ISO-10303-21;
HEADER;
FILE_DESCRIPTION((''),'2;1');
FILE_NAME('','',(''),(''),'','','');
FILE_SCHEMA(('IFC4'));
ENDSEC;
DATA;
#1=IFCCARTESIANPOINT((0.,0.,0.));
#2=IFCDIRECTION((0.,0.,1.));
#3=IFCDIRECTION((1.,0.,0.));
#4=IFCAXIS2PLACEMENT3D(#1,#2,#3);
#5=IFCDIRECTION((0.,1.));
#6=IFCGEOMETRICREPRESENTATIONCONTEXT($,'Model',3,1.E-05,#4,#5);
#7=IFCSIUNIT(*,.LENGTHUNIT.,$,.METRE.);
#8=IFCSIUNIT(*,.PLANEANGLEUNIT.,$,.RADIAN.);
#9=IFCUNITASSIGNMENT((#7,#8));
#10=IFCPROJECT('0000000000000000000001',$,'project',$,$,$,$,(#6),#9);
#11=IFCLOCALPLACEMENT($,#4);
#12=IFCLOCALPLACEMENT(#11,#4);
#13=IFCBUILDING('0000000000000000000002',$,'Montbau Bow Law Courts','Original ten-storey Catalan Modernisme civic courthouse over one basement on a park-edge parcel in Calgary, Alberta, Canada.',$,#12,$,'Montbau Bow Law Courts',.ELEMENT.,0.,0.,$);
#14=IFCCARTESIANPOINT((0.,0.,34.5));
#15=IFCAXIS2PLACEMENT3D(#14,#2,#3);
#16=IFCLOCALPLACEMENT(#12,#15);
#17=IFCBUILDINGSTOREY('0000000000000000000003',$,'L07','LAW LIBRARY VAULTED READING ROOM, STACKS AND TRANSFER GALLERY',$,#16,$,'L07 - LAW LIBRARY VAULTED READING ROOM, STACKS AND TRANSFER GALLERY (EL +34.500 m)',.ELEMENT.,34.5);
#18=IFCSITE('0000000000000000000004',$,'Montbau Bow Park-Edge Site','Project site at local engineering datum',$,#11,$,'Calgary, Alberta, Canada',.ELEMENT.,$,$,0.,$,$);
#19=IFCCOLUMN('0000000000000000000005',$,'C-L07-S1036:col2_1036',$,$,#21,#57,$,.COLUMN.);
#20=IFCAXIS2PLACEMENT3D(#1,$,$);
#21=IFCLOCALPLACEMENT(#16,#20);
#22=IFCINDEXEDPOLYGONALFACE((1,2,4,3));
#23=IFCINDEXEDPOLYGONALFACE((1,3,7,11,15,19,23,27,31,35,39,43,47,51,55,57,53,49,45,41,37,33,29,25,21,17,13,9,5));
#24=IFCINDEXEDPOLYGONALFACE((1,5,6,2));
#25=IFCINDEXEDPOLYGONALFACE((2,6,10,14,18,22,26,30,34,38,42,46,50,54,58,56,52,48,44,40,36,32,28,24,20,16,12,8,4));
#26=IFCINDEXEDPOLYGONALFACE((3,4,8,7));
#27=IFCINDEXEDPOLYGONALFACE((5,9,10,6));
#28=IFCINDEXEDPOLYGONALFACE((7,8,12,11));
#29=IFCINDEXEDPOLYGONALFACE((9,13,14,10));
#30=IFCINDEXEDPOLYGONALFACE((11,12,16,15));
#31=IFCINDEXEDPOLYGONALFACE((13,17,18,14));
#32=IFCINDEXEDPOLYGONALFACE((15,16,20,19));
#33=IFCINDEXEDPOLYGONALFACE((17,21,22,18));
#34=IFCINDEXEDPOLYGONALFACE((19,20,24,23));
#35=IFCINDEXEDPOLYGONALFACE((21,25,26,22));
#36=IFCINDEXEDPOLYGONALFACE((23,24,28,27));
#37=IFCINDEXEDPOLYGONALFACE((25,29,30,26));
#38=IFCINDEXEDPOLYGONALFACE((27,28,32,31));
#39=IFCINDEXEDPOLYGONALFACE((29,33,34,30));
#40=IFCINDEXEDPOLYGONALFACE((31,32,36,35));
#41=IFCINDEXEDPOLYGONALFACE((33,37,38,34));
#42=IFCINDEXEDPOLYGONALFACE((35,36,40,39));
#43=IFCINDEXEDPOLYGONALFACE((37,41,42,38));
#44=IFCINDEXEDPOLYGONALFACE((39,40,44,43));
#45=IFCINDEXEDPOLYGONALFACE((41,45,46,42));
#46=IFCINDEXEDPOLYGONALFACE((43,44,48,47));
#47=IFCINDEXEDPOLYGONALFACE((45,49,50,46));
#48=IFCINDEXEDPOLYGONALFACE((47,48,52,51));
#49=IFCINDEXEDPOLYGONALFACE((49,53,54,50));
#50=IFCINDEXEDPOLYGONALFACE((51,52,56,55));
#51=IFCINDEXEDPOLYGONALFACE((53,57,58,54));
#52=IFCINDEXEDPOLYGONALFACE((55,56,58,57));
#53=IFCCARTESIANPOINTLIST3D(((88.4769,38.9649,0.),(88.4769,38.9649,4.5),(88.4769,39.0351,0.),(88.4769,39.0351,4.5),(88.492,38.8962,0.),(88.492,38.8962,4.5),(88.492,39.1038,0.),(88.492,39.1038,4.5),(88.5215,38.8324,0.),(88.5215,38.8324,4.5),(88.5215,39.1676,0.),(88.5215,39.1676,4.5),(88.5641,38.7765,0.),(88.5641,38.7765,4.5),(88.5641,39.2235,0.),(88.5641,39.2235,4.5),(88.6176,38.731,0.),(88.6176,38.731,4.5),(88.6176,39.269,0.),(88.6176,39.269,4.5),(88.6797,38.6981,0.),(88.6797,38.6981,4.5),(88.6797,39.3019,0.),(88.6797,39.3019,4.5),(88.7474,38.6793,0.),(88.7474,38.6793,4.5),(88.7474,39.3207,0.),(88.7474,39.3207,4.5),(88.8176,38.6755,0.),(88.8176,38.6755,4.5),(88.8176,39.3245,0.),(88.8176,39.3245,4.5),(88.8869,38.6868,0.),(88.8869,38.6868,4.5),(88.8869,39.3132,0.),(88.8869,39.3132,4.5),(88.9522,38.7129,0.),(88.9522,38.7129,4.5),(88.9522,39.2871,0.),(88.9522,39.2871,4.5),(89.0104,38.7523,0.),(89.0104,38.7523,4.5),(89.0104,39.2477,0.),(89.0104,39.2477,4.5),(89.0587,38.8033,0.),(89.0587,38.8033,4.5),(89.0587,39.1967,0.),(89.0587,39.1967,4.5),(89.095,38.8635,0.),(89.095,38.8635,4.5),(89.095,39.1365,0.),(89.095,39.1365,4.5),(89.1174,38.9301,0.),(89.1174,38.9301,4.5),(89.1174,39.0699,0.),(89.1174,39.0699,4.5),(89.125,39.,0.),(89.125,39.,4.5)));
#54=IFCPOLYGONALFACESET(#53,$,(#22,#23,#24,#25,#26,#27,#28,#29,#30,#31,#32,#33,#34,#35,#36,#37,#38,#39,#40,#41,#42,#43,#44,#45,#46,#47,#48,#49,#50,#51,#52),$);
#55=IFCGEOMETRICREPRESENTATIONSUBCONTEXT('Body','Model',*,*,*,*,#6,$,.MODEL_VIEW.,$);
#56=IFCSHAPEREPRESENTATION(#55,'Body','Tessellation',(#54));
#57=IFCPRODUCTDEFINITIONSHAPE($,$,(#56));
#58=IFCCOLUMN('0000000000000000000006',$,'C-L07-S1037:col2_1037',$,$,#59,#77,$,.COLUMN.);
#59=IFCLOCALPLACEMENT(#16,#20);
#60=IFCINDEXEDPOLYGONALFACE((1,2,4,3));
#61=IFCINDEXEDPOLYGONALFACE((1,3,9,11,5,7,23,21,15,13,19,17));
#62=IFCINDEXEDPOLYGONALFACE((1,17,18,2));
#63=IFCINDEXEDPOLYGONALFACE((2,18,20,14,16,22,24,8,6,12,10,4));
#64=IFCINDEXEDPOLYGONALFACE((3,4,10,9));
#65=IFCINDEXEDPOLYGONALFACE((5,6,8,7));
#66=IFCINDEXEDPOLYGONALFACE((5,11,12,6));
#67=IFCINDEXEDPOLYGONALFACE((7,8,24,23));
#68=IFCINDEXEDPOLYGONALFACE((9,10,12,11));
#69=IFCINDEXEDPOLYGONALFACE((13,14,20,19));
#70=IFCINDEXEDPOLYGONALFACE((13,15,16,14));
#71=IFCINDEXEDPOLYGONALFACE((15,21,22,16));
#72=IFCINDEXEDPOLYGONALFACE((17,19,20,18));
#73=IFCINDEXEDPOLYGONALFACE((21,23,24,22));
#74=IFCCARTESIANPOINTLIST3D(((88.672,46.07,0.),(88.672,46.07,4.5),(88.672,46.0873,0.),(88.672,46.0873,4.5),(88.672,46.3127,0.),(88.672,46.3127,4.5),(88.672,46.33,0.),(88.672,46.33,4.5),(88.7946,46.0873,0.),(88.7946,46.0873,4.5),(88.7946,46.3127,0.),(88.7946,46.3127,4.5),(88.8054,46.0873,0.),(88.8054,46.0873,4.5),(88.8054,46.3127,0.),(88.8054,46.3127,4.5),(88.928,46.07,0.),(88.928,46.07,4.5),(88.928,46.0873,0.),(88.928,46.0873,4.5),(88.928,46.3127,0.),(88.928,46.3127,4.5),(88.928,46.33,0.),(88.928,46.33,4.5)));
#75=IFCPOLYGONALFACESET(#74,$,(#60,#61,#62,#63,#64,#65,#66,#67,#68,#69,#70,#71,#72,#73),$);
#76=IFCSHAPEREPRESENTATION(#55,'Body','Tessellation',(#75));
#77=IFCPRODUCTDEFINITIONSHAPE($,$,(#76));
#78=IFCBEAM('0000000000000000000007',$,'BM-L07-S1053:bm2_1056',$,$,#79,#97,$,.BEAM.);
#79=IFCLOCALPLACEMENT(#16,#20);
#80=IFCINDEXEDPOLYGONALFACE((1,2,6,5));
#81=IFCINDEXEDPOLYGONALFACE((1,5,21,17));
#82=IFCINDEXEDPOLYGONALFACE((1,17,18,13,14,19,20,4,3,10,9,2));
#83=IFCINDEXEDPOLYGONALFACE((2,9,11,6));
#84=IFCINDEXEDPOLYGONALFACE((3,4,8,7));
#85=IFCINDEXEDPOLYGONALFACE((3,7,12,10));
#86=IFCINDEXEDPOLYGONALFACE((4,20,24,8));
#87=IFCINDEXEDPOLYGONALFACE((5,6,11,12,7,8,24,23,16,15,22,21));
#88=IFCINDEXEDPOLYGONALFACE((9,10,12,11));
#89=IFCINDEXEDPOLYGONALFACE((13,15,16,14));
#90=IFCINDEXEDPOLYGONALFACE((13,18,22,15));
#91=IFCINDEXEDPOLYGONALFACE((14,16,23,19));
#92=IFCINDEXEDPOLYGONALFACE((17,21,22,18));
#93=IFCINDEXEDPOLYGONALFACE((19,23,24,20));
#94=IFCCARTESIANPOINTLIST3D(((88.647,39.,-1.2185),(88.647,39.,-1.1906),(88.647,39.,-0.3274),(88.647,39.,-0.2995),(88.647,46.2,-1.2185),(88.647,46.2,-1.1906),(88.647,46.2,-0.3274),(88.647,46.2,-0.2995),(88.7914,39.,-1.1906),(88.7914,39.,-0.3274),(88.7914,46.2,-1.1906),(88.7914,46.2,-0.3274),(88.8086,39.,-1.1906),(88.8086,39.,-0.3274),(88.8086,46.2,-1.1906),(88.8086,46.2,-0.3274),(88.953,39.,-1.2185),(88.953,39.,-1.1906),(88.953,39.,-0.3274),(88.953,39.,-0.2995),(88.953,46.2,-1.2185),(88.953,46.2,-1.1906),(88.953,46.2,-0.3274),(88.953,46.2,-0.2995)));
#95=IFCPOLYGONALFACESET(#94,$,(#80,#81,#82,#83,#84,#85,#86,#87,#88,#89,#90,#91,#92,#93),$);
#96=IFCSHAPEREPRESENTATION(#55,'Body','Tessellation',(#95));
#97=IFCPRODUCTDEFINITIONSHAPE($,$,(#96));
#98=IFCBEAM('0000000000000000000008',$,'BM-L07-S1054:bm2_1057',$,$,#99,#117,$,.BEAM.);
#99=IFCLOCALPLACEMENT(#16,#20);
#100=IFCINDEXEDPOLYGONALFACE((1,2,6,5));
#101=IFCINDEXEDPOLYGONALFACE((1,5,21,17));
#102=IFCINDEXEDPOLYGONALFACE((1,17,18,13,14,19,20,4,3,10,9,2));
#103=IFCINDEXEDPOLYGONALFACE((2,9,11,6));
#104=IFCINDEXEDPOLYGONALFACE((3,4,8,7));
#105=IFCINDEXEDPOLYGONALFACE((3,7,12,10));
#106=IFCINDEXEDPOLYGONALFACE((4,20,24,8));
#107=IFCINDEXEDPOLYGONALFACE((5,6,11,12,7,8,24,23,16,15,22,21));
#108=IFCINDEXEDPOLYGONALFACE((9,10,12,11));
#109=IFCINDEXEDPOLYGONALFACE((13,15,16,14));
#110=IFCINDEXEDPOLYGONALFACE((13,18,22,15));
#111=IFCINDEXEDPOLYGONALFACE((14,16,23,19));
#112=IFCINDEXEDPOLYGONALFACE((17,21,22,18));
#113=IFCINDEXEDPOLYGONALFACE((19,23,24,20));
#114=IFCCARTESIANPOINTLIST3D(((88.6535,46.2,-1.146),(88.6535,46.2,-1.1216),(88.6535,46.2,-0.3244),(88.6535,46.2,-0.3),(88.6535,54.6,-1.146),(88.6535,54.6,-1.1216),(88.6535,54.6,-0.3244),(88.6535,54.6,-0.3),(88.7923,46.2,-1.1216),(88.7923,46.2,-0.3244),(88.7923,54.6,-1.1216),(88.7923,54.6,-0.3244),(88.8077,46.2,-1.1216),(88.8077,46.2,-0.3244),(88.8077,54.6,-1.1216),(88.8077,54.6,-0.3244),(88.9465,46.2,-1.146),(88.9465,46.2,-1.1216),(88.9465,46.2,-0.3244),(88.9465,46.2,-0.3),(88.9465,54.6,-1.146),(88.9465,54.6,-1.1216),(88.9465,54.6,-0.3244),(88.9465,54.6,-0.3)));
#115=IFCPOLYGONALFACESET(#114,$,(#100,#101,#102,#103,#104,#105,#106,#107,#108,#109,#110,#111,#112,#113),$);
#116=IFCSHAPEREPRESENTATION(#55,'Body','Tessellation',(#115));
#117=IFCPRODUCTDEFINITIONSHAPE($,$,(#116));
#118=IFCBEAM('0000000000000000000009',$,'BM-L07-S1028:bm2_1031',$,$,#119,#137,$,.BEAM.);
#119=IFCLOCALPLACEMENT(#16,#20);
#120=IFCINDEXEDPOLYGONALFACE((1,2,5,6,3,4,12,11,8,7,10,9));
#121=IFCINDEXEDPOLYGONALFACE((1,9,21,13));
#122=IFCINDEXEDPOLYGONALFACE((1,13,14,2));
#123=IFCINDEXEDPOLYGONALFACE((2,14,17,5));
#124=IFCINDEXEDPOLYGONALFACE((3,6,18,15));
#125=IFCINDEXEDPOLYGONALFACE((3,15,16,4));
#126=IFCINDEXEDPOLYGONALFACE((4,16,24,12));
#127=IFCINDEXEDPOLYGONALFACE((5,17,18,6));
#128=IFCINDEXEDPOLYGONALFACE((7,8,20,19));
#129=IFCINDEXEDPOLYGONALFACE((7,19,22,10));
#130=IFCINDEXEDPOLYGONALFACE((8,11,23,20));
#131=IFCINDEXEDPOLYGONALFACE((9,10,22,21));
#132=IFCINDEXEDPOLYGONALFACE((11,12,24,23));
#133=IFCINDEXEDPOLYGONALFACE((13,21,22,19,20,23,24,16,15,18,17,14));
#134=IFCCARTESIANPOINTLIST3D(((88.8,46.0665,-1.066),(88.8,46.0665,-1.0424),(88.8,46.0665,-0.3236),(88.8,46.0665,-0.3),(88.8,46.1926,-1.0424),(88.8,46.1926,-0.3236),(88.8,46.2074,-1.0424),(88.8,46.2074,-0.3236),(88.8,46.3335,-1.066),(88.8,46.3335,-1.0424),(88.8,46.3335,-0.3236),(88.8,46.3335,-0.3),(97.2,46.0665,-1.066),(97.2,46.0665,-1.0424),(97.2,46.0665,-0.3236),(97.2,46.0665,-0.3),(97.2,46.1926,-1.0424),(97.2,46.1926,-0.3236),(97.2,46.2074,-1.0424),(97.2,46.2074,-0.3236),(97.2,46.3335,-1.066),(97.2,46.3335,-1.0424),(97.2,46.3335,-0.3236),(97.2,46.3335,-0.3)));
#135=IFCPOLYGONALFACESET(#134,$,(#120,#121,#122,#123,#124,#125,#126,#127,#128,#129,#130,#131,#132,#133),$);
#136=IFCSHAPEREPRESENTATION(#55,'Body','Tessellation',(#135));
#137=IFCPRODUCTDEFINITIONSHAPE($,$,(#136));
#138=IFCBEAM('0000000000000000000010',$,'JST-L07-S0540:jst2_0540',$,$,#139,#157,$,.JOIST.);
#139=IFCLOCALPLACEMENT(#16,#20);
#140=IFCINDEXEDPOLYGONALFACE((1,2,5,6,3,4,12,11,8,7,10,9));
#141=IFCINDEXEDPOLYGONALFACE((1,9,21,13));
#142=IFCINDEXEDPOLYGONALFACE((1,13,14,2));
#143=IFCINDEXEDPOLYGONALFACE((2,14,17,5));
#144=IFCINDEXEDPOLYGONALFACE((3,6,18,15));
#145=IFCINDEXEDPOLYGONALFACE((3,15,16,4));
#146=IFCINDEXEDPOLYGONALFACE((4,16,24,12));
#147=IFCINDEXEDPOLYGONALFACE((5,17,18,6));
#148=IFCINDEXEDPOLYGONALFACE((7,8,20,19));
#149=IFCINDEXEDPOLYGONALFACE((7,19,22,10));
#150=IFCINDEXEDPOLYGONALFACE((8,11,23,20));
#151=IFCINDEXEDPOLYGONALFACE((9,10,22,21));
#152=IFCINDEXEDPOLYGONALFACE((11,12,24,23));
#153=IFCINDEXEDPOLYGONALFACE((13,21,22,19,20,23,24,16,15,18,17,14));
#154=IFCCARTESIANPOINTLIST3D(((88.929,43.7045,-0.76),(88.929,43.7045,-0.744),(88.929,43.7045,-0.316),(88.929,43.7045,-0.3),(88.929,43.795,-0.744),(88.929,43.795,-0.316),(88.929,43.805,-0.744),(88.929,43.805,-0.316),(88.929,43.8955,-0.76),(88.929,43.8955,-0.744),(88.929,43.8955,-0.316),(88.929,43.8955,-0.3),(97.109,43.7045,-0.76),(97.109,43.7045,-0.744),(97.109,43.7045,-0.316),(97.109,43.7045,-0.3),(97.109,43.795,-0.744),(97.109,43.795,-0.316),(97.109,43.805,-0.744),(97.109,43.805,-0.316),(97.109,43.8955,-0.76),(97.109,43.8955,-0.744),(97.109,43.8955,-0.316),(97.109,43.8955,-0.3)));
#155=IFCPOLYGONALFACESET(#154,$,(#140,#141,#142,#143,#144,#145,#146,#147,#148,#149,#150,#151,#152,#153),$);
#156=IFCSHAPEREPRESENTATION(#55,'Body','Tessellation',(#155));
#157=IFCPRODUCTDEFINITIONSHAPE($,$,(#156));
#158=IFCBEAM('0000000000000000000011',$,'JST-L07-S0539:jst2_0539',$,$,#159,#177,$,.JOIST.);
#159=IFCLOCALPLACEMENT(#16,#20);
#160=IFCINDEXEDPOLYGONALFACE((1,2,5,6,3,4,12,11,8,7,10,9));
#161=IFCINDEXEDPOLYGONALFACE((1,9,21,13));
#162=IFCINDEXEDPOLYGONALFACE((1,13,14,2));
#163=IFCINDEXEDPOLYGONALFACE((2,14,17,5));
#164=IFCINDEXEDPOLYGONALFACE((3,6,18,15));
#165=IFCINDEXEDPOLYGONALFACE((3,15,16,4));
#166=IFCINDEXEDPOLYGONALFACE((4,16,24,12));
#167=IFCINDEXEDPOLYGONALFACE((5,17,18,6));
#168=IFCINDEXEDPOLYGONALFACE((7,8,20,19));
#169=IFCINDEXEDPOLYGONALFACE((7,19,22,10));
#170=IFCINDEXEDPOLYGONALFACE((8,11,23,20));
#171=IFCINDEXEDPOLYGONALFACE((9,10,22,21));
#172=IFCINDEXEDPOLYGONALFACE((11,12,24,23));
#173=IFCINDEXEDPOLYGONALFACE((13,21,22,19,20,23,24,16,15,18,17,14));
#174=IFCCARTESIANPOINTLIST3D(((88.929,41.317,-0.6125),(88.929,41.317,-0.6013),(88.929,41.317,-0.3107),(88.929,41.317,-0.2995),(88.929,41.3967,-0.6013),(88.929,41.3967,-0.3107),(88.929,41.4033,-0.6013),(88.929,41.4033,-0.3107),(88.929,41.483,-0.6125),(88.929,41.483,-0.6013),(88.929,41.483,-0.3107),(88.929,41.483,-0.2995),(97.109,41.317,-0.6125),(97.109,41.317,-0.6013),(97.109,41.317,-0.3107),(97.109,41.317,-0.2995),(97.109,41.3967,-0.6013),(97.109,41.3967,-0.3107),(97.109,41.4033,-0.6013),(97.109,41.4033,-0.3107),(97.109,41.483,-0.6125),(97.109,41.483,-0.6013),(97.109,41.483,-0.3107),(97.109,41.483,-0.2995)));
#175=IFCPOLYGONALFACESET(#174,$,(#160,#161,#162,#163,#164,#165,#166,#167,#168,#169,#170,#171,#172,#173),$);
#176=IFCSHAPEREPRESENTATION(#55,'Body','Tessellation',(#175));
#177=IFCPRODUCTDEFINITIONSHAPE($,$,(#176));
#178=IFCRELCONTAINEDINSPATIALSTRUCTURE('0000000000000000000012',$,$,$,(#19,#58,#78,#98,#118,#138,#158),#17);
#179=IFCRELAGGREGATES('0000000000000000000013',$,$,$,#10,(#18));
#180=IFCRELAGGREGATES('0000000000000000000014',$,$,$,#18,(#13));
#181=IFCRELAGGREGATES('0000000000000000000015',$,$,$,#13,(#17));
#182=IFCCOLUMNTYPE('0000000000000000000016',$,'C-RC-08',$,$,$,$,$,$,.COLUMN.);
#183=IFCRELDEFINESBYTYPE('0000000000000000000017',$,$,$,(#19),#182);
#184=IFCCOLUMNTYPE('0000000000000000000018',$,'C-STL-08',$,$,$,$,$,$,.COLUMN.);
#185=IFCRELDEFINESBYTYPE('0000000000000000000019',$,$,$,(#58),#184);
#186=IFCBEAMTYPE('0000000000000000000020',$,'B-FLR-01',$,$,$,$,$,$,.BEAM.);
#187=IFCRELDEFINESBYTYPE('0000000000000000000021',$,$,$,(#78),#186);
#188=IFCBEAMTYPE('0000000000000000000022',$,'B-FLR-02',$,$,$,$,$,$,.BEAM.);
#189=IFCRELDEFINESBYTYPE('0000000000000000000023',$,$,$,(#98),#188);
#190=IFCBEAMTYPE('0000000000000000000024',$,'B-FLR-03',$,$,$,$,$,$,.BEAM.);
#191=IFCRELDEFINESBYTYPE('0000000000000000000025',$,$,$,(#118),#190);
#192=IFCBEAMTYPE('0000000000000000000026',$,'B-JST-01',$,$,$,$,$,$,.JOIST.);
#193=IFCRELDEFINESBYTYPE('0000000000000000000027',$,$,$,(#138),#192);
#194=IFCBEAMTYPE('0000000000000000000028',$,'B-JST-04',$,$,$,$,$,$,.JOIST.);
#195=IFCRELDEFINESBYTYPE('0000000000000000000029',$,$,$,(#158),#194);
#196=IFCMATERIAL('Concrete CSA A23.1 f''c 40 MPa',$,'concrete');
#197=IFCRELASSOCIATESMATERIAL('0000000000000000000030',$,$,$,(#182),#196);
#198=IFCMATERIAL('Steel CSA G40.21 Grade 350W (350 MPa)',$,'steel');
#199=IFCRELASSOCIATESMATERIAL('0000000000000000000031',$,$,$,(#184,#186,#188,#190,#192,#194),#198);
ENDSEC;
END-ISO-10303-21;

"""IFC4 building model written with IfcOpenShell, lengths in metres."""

from ifc_helpers import new_model, si_unit, direction, frame, origin_with_axes, origin_2d_with_axis, place, context, subcontext, project, spatial, circle, i_section, extrude, material, material_profile, profile_set, type_object, element, save


model = new_model("IFC4")

# Units and contexts
model_context = context("Model", 3, precision=1e-05, world=origin_with_axes(), true_north=direction((0.0, 1.0)))
body_context = subcontext(model_context, "Body", "Model", "MODEL_VIEW")
ifc_project = project(units=[si_unit("LENGTHUNIT", "METRE"), si_unit("PLANEANGLEUNIT", "RADIAN")], contexts=[model_context])

# Site, building, storey
site_placement = place(None, origin_with_axes())
site = spatial("IfcSite", under=ifc_project, at=site_placement, Name="Montbau Bow Park-Edge Site", Description="Project site at local engineering datum", LongName="Calgary, Alberta, Canada", CompositionType="ELEMENT", RefElevation=0.0)
building_placement = place(site_placement, origin_with_axes())
building = spatial("IfcBuilding", under=site, at=building_placement, Name="Montbau Bow Law Courts", Description="Original ten-storey Catalan Modernisme civic courthouse over one basement on a park-edge parcel in Calgary, Alberta, Canada.", LongName="Montbau Bow Law Courts", CompositionType="ELEMENT", ElevationOfRefHeight=0.0, ElevationOfTerrain=0.0)
storey_placement = place(building_placement, frame((0.0, 0.0, 34.5), z_axis=(0.0, 0.0, 1.0), x_axis=(1.0, 0.0, 0.0)))
storey = spatial("IfcBuildingStorey", under=building, at=storey_placement, Name="L07", Description="LAW LIBRARY VAULTED READING ROOM, STACKS AND TRANSFER GALLERY", LongName="L07 - LAW LIBRARY VAULTED READING ROOM, STACKS AND TRANSFER GALLERY (EL +34.500 m)", CompositionType="ELEMENT", Elevation=34.5)

# Columns
ifc_material_1 = material(Name="Concrete CSA A23.1 f'c 40 MPa", Category="concrete")
ifc_material_profile_1 = material_profile(ifc_material_1, circle(Radius=0.325, at=origin_2d_with_axis()), Name="RC650D", Category="Main", Priority=0)
ifc_profile_set_1 = profile_set([ifc_material_profile_1], Name="Concrete CSA A23.1 f'c 40 MPa")
column_type_1 = type_object("IfcColumnType", Name="C-RC-08", PredefinedType="COLUMN", material=ifc_profile_set_1)
column_1_placement = place(None, frame((88.8, 39.0, 34.5), z_axis=(0.0, 0.0, 1.0), x_axis=(1.0, 0.0, 0.0)))
element("IfcColumn", 1, at=column_1_placement, inside=storey, type_object=column_type_1, Name="C-L07-S1036:col2_1036", PredefinedType="COLUMN", context=body_context, shape_type="SweptSolid", body=[
    extrude(circle(Radius=0.325, at=origin_2d_with_axis()), origin_with_axes(), (0.0, 0.0, 1.0), 4.5),
])
ifc_material_2 = material(Name="Steel CSA G40.21 Grade 350W (350 MPa)", Category="steel")
ifc_material_profile_2 = material_profile(ifc_material_2, i_section(OverallWidth=0.256, OverallDepth=0.26, WebThickness=0.0107, FlangeThickness=0.0173, at=origin_2d_with_axis()), Name="W250X89", Category="Main", Priority=0)
ifc_profile_set_2 = profile_set([ifc_material_profile_2], Name="Steel CSA G40.21 Grade 350W (350 MPa)")
column_type_2 = type_object("IfcColumnType", Name="C-STL-08", PredefinedType="COLUMN", material=ifc_profile_set_2)
column_2_placement = place(None, frame((88.8, 46.2, 34.5), z_axis=(0.0, 0.0, 1.0), x_axis=(1.0, 0.0, 0.0)))
element("IfcColumn", 2, at=column_2_placement, inside=storey, type_object=column_type_2, Name="C-L07-S1037:col2_1037", PredefinedType="COLUMN", context=body_context, shape_type="SweptSolid", body=[
    extrude(i_section(OverallWidth=0.256, OverallDepth=0.26, WebThickness=0.0107, FlangeThickness=0.0173, at=origin_2d_with_axis()), origin_with_axes(), (0.0, 0.0, 1.0), 4.5),
])

# Beams
ifc_material_profile_3 = material_profile(ifc_material_2, i_section(OverallWidth=0.306, OverallDepth=0.919, WebThickness=0.0173, FlangeThickness=0.0279, at=origin_2d_with_axis()), Name="W920X253", Category="Main", Priority=0)
ifc_profile_set_3 = profile_set([ifc_material_profile_3], Name="Steel CSA G40.21 Grade 350W (350 MPa)")
beam_type_1 = type_object("IfcBeamType", Name="B-FLR-01", PredefinedType="BEAM", material=ifc_profile_set_3)
beam_1_placement = place(None, frame((88.8, 39.0, 33.741), z_axis=(0.0, 1.0, 0.0), x_axis=(-1.0, 0.0, 0.0)))
element("IfcBeam", 3, at=beam_1_placement, inside=storey, type_object=beam_type_1, Name="BM-L07-S1053:bm2_1056", PredefinedType="BEAM", context=body_context, shape_type="SweptSolid", body=[
    extrude(i_section(OverallWidth=0.306, OverallDepth=0.919, WebThickness=0.0173, FlangeThickness=0.0279, at=origin_2d_with_axis()), origin_with_axes(), (0.0, 0.0, 1.0), 7.2),
])
ifc_material_profile_4 = material_profile(ifc_material_2, i_section(OverallWidth=0.293, OverallDepth=0.846, WebThickness=0.0154, FlangeThickness=0.0244, at=origin_2d_with_axis()), Name="W840X210", Category="Main", Priority=0)
ifc_profile_set_4 = profile_set([ifc_material_profile_4], Name="Steel CSA G40.21 Grade 350W (350 MPa)")
beam_type_2 = type_object("IfcBeamType", Name="B-FLR-02", PredefinedType="BEAM", material=ifc_profile_set_4)
beam_2_placement = place(None, frame((88.8, 46.2, 33.777), z_axis=(0.0, 1.0, 0.0), x_axis=(-1.0, 0.0, 0.0)))
element("IfcBeam", 4, at=beam_2_placement, inside=storey, type_object=beam_type_2, Name="BM-L07-S1054:bm2_1057", PredefinedType="BEAM", context=body_context, shape_type="SweptSolid", body=[
    extrude(i_section(OverallWidth=0.293, OverallDepth=0.846, WebThickness=0.0154, FlangeThickness=0.0244, at=origin_2d_with_axis()), origin_with_axes(), (0.0, 0.0, 1.0), 8.4),
])
ifc_material_profile_5 = material_profile(ifc_material_2, i_section(OverallWidth=0.267, OverallDepth=0.766, WebThickness=0.0149, FlangeThickness=0.0236, at=origin_2d_with_axis()), Name="W760X185", Category="Main", Priority=0)
ifc_profile_set_5 = profile_set([ifc_material_profile_5], Name="Steel CSA G40.21 Grade 350W (350 MPa)")
beam_type_3 = type_object("IfcBeamType", Name="B-FLR-03", PredefinedType="BEAM", material=ifc_profile_set_5)
beam_3_placement = place(None, frame((88.8, 46.2, 33.817), z_axis=(1.0, 0.0, 0.0), x_axis=(0.0, 1.0, 0.0)))
element("IfcBeam", 5, at=beam_3_placement, inside=storey, type_object=beam_type_3, Name="BM-L07-S1028:bm2_1031", PredefinedType="BEAM", context=body_context, shape_type="SweptSolid", body=[
    extrude(i_section(OverallWidth=0.267, OverallDepth=0.766, WebThickness=0.0149, FlangeThickness=0.0236, at=origin_2d_with_axis()), origin_with_axes(), (0.0, 0.0, 1.0), 8.4),
])
ifc_material_profile_6 = material_profile(ifc_material_2, i_section(OverallWidth=0.191, OverallDepth=0.46, WebThickness=0.0099, FlangeThickness=0.016, at=origin_2d_with_axis()), Name="W460X82", Category="Main", Priority=0)
ifc_profile_set_6 = profile_set([ifc_material_profile_6], Name="Steel CSA G40.21 Grade 350W (350 MPa)")
beam_type_4 = type_object("IfcBeamType", Name="B-JST-01", PredefinedType="JOIST", material=ifc_profile_set_6)
beam_4_placement = place(None, frame((88.929, 43.8, 33.97), z_axis=(1.0, 0.0, 0.0), x_axis=(0.0, 1.0, 0.0)))
element("IfcBeam", 6, at=beam_4_placement, inside=storey, type_object=beam_type_4, Name="JST-L07-S0540:jst2_0540", PredefinedType="JOIST", context=body_context, shape_type="SweptSolid", body=[
    extrude(i_section(OverallWidth=0.191, OverallDepth=0.46, WebThickness=0.0099, FlangeThickness=0.016, at=origin_2d_with_axis()), origin_with_axes(), (0.0, 0.0, 1.0), 8.18),
])
ifc_material_profile_7 = material_profile(ifc_material_2, i_section(OverallWidth=0.166, OverallDepth=0.313, WebThickness=0.0066, FlangeThickness=0.0112, at=origin_2d_with_axis()), Name="W310X45", Category="Main", Priority=0)
ifc_profile_set_7 = profile_set([ifc_material_profile_7], Name="Steel CSA G40.21 Grade 350W (350 MPa)")
beam_type_5 = type_object("IfcBeamType", Name="B-JST-04", PredefinedType="JOIST", material=ifc_profile_set_7)
beam_5_placement = place(None, frame((88.929, 41.4, 34.044), z_axis=(1.0, 0.0, 0.0), x_axis=(0.0, 1.0, 0.0)))
element("IfcBeam", 7, at=beam_5_placement, inside=storey, type_object=beam_type_5, Name="JST-L07-S0539:jst2_0539", PredefinedType="JOIST", context=body_context, shape_type="SweptSolid", body=[
    extrude(i_section(OverallWidth=0.166, OverallDepth=0.313, WebThickness=0.0066, FlangeThickness=0.0112, at=origin_2d_with_axis()), origin_with_axes(), (0.0, 0.0, 1.0), 8.18),
])

save(model, "model.ifc")
